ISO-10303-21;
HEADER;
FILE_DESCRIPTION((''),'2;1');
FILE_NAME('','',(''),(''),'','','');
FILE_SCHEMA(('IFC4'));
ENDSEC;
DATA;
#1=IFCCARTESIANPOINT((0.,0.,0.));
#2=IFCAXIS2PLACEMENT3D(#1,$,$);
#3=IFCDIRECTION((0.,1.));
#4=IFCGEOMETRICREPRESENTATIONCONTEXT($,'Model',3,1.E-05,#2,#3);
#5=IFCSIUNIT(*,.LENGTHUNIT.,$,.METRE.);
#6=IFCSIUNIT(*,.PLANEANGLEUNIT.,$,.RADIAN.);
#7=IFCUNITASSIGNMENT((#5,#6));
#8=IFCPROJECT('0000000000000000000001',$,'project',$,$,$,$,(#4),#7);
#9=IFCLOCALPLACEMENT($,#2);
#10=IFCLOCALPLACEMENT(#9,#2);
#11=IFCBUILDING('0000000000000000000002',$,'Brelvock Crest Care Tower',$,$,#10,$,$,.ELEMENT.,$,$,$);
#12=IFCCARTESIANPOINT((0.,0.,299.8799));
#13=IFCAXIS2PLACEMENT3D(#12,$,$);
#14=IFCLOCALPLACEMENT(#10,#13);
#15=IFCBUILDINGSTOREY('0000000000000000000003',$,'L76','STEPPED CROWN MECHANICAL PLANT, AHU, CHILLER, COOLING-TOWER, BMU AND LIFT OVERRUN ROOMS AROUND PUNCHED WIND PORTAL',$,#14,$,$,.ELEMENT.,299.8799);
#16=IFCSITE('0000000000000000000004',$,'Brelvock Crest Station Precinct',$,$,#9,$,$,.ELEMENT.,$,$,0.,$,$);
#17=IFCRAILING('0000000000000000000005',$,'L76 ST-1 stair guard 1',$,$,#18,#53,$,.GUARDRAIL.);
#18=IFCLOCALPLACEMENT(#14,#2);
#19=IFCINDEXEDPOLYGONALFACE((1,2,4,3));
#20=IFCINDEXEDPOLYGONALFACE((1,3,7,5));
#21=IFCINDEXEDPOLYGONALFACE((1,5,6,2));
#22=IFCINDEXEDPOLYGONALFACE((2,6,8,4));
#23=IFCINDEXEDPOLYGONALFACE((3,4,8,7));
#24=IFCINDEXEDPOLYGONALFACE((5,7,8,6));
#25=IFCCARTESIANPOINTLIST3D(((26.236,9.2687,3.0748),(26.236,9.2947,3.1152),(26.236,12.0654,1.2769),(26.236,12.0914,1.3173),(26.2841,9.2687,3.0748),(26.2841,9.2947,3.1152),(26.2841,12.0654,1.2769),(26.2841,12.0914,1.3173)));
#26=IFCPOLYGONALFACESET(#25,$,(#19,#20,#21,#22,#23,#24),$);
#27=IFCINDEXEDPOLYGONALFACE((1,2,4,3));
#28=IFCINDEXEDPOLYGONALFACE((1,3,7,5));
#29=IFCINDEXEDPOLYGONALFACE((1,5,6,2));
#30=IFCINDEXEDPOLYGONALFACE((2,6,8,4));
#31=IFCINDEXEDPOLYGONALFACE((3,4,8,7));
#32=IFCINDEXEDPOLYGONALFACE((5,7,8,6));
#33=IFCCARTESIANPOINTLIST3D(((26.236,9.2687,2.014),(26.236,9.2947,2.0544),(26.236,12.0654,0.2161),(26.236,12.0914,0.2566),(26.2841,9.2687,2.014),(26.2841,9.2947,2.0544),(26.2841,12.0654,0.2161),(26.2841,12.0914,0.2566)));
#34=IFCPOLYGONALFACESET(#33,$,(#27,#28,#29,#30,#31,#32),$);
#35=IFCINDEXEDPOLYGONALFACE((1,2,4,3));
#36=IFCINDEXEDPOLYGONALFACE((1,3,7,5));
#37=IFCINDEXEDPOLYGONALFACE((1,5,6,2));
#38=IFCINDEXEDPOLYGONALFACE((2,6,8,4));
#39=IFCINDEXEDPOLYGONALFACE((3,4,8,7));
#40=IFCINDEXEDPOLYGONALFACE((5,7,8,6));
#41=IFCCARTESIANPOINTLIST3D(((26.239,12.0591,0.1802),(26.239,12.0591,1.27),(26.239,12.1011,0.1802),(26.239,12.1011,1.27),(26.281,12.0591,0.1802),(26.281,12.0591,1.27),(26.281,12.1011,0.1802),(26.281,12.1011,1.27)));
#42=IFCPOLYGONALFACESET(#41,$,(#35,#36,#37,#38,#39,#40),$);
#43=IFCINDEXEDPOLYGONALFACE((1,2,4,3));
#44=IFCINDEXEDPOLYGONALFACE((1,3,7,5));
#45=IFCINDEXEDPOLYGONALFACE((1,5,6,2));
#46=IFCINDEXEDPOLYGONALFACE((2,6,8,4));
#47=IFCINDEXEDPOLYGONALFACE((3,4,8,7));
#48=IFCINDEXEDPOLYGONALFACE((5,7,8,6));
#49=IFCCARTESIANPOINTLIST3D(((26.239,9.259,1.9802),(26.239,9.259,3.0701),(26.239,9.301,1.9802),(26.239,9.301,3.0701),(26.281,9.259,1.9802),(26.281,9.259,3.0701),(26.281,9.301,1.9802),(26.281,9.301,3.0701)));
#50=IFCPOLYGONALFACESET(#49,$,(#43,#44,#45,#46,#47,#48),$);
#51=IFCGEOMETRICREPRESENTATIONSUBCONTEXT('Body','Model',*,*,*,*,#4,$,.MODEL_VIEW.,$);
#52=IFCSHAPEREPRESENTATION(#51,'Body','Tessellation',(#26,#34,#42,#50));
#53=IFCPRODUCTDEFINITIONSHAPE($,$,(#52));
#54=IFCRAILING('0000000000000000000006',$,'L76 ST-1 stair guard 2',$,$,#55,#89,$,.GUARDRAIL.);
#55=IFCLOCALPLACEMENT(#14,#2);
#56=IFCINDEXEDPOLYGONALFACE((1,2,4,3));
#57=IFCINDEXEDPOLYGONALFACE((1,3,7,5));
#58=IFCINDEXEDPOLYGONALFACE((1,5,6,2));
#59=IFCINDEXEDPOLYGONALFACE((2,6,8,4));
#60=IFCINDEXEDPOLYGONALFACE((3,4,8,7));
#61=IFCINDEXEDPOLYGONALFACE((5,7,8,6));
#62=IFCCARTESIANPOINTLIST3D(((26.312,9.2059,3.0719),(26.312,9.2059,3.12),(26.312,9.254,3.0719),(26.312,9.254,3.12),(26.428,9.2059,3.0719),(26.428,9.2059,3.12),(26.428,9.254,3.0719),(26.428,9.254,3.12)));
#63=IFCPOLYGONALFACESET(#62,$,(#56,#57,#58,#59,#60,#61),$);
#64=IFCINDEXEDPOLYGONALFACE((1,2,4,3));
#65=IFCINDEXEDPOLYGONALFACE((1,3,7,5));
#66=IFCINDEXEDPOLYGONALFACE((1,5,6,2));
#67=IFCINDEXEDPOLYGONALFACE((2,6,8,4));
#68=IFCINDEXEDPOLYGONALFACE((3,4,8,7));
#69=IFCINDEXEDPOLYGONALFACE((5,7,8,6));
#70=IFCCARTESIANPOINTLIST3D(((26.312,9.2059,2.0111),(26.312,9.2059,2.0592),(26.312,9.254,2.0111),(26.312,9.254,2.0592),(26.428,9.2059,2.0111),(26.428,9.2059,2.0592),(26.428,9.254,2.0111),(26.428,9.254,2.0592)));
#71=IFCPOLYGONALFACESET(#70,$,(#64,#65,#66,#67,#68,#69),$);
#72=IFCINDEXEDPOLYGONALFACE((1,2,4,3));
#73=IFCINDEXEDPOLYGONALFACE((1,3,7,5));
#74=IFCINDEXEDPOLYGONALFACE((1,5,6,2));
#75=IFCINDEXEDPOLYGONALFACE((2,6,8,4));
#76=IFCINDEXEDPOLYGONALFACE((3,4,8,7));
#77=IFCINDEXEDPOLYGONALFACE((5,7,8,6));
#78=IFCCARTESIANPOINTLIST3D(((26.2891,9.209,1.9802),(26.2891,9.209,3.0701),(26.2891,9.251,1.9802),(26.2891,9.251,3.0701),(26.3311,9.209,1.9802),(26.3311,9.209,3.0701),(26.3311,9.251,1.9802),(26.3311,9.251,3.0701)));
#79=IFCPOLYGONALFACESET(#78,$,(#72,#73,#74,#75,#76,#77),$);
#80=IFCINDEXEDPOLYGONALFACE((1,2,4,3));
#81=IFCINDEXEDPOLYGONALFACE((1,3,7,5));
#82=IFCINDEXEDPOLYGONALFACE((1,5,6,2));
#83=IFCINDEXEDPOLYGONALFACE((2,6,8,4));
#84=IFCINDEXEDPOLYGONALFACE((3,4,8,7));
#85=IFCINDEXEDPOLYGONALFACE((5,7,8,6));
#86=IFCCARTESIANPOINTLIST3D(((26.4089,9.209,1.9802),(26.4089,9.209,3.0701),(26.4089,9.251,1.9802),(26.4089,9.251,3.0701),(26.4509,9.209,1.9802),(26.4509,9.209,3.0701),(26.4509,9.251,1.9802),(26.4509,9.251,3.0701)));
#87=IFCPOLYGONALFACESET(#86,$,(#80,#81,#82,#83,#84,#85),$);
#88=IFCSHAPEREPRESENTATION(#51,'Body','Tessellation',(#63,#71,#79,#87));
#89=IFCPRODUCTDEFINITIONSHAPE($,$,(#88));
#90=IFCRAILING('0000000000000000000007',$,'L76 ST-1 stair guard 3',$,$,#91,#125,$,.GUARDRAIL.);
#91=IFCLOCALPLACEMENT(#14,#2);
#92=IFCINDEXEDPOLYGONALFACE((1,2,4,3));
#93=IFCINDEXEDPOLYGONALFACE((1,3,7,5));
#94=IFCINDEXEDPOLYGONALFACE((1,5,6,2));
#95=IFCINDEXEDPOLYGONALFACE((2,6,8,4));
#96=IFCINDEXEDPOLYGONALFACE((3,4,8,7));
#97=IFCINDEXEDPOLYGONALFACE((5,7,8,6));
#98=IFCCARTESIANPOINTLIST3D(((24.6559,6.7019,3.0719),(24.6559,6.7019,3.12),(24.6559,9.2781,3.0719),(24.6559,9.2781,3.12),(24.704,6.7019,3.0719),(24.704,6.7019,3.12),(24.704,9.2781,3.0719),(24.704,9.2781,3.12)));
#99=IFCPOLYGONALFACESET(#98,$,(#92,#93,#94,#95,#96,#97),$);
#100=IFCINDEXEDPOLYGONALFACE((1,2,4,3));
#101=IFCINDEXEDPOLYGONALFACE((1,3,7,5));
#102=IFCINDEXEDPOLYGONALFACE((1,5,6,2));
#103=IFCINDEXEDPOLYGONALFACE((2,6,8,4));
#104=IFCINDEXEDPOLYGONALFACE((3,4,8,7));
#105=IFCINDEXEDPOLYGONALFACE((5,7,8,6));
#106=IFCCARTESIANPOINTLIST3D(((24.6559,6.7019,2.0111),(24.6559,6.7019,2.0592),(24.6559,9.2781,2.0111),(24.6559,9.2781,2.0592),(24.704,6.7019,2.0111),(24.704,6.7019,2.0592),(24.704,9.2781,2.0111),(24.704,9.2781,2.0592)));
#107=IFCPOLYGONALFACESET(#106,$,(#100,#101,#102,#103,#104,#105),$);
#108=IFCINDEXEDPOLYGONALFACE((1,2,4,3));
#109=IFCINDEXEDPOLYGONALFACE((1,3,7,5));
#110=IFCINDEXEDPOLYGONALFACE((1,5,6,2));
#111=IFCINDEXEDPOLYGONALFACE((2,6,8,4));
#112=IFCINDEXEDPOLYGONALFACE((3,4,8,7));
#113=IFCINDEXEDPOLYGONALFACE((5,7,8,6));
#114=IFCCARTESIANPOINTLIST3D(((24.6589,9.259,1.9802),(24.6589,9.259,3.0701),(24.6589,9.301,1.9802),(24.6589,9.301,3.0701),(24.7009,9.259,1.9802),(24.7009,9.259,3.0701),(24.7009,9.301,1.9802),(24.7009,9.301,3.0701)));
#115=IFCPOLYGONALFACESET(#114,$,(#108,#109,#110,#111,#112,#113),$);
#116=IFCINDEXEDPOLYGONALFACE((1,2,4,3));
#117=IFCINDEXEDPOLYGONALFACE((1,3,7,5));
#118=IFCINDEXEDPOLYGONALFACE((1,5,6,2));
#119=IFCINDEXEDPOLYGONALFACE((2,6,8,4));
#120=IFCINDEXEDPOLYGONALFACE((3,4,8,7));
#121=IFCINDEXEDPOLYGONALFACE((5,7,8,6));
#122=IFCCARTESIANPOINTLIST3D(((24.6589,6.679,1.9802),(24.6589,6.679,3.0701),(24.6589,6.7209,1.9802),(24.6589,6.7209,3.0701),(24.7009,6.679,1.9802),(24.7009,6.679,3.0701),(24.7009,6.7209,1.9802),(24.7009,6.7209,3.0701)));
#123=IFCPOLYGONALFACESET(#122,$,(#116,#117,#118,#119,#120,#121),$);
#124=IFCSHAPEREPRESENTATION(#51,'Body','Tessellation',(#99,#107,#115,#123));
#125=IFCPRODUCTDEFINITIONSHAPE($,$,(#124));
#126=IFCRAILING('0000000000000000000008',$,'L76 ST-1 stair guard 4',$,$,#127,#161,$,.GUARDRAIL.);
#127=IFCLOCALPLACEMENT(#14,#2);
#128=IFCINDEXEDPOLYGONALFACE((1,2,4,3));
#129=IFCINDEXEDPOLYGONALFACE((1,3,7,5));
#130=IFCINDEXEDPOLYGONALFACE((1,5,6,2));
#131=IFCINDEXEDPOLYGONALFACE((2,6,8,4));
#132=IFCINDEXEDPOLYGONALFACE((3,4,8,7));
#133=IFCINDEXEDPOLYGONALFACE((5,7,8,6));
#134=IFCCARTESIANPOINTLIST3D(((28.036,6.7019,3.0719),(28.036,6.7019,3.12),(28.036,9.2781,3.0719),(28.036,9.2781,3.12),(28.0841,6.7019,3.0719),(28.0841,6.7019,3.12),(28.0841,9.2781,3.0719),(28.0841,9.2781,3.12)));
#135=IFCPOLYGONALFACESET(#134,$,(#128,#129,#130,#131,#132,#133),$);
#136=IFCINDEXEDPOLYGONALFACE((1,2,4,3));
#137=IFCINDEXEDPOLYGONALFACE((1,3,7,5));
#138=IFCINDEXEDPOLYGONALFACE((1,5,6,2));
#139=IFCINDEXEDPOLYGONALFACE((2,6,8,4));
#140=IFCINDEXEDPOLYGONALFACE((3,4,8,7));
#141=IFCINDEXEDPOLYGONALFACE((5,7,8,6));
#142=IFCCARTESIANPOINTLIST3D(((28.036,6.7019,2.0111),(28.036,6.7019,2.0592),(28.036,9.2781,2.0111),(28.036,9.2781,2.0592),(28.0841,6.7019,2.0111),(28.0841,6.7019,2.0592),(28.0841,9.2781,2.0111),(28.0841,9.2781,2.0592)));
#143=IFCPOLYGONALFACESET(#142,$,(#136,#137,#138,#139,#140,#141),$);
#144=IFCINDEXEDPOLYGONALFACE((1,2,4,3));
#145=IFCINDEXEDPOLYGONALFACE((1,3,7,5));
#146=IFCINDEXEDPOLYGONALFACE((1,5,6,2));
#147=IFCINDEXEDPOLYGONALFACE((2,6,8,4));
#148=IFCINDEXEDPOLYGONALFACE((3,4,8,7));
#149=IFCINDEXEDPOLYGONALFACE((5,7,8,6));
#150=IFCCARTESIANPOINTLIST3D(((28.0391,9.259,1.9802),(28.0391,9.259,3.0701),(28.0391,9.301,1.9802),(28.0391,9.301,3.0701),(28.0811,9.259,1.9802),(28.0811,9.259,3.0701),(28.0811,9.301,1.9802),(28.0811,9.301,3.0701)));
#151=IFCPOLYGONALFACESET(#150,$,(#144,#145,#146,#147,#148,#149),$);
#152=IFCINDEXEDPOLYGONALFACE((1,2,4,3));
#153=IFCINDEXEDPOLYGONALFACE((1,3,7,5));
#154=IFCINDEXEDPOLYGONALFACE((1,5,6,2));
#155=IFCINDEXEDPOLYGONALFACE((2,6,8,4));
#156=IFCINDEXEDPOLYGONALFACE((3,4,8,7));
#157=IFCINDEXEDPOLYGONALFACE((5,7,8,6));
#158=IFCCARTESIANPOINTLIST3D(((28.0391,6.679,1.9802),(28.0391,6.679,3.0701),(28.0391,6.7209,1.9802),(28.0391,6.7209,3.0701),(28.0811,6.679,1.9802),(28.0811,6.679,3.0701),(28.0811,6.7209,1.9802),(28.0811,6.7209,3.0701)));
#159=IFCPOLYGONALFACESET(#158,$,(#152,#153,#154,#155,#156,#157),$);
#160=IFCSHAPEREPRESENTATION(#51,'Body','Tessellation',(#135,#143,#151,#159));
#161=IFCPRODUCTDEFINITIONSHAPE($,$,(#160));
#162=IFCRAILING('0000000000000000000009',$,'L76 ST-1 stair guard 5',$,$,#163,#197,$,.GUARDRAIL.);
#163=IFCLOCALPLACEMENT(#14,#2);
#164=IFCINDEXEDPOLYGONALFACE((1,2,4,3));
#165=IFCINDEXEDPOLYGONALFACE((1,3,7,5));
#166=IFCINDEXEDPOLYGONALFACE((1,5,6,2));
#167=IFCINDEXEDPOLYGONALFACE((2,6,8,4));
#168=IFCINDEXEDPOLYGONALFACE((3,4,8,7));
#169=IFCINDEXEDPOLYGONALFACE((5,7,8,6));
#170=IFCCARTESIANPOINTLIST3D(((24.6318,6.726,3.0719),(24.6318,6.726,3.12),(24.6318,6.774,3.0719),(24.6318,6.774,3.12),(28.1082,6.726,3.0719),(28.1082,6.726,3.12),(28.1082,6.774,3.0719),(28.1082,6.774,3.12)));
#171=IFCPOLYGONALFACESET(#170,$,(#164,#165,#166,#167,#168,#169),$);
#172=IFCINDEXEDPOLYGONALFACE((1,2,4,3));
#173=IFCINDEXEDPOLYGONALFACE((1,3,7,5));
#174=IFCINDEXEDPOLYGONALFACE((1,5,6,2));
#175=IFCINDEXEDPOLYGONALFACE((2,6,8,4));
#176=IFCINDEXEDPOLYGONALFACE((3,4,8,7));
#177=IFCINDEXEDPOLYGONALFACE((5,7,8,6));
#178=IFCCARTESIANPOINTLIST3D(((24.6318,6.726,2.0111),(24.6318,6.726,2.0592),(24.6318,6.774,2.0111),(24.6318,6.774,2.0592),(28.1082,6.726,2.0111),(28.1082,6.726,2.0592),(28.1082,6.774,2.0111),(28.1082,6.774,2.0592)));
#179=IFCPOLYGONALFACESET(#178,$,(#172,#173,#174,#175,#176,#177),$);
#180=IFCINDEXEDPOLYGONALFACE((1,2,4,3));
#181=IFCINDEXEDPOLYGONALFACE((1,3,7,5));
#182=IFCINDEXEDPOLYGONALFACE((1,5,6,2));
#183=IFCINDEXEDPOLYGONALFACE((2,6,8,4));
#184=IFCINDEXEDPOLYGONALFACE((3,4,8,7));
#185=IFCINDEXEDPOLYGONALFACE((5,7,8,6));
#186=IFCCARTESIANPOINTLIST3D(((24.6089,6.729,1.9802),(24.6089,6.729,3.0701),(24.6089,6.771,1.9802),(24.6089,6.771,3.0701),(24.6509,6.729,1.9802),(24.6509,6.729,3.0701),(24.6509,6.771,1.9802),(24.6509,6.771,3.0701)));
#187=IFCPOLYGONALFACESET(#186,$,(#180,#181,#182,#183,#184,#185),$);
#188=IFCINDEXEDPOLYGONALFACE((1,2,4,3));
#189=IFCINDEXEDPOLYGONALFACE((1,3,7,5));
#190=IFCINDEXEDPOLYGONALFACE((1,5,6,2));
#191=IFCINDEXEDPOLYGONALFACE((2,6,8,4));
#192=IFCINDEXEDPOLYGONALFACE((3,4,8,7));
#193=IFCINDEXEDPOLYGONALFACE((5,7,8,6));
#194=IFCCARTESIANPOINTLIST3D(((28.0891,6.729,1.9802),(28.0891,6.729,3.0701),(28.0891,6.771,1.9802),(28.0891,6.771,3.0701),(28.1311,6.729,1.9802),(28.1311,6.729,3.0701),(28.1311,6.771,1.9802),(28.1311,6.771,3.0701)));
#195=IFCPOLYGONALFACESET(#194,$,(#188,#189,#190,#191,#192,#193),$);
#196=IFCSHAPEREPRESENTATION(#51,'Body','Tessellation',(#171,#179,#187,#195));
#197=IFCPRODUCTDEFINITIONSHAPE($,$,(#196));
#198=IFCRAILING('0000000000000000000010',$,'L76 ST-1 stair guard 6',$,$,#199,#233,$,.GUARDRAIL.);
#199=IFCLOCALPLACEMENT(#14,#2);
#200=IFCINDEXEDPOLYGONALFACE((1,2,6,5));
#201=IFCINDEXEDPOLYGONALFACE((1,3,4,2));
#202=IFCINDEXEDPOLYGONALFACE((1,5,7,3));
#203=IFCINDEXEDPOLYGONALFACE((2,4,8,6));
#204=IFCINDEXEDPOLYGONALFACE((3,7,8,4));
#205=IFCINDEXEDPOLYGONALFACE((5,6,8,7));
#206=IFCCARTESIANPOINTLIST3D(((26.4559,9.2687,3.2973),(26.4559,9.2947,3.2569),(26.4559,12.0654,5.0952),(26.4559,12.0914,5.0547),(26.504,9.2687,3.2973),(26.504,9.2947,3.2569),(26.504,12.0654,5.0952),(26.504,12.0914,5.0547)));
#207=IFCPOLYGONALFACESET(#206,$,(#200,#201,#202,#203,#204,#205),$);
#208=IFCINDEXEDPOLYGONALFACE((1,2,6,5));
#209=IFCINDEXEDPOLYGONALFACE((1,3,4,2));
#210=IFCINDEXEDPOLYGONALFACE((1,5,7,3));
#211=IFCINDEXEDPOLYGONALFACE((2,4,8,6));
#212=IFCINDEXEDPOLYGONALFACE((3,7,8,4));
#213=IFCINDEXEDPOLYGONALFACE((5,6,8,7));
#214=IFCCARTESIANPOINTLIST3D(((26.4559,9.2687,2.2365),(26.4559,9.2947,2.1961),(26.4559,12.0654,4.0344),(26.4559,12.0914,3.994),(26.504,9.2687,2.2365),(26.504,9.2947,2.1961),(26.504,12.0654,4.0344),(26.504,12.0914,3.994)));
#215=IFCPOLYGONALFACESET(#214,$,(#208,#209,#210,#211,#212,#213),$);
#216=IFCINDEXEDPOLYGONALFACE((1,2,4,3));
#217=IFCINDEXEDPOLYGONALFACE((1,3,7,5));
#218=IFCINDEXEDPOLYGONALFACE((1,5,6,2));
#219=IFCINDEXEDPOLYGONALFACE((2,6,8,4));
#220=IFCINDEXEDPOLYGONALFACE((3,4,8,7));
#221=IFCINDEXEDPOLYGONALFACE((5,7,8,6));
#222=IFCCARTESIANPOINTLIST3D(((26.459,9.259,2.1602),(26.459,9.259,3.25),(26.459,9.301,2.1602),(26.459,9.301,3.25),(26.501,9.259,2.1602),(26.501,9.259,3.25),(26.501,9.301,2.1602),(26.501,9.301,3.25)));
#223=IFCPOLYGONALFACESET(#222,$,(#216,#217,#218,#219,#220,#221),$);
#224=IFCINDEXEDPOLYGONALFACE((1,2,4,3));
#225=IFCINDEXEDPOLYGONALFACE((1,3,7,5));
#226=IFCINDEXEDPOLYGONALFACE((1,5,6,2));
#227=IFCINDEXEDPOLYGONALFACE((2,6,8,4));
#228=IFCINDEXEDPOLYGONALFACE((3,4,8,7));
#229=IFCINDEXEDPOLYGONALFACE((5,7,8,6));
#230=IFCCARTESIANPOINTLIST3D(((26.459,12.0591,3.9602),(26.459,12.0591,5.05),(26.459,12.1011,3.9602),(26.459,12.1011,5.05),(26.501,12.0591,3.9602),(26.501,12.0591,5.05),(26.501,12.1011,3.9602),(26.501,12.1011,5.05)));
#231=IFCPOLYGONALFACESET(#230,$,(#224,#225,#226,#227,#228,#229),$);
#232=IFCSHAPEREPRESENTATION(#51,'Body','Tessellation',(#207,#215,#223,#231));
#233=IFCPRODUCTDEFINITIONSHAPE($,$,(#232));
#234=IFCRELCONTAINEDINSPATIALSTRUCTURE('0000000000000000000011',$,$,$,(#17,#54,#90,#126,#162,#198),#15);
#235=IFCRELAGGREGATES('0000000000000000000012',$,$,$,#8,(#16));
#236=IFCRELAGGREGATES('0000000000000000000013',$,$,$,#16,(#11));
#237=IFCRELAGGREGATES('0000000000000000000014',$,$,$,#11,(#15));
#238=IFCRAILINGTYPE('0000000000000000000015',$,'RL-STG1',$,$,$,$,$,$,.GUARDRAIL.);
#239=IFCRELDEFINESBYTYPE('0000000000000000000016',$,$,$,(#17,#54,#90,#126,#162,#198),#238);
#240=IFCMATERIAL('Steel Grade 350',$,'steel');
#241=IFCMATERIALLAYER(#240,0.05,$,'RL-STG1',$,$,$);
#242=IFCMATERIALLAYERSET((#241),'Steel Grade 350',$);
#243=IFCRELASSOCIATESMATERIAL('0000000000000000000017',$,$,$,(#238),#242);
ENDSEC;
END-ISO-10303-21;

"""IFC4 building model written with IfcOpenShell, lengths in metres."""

from ifc_helpers import new_model, si_unit, direction, frame, origin, origin_2d, place, context, subcontext, project, spatial, rectangle, extrude, material, layer, layer_set, type_object, element, save


model = new_model("IFC4")

# Units and contexts
model_context = context("Model", 3, precision=1e-05, world=origin(), true_north=direction((0.0, 1.0)))
body_context = subcontext(model_context, "Body", "Model", "MODEL_VIEW")
ifc_project = project(units=[si_unit("LENGTHUNIT", "METRE"), si_unit("PLANEANGLEUNIT", "RADIAN")], contexts=[model_context])

# Site, building, storey
site_placement = place(None, origin())
site = spatial("IfcSite", under=ifc_project, at=site_placement, Name="Brelvock Crest Station Precinct", CompositionType="ELEMENT", RefElevation=0.0)
building_placement = place(site_placement, origin())
building = spatial("IfcBuilding", under=site, at=building_placement, Name="Brelvock Crest Care Tower", CompositionType="ELEMENT")
storey_placement = place(building_placement, frame((0.0, 0.0, 299.8799)))
storey = spatial("IfcBuildingStorey", under=building, at=storey_placement, Name="L76", Description="STEPPED CROWN MECHANICAL PLANT, AHU, CHILLER, COOLING-TOWER, BMU AND LIFT OVERRUN ROOMS AROUND PUNCHED WIND PORTAL", CompositionType="ELEMENT", Elevation=299.8799)

# Shared definitions
ifc_material_1 = material(Name="Steel Grade 350", Category="steel")

# Railings
ifc_layer_1 = layer(ifc_material_1, 0.05, Name="RL-STG1")
ifc_layer_set_1 = layer_set([ifc_layer_1], Name="Steel Grade 350")
railing_type_1 = type_object("IfcRailingType", Name="RL-STG1", PredefinedType="GUARDRAIL", material=ifc_layer_set_1)
railing_1_placement = place(storey_placement, frame((26.26, 12.0801, 0.1802)))
element("IfcRailing", 1, at=railing_1_placement, inside=storey, type_object=railing_type_1, Name="L76 ST-1 stair guard 1", PredefinedType="GUARDRAIL", context=body_context, shape_type="SweptSolid", body=[
    extrude(rectangle(XDim=0.0481, YDim=0.0481, at=origin_2d()), frame((0.0, -0.0017, 1.1169), z_axis=(0.0, -0.841176, 0.540761), x_axis=(1.0, 0.0, 0.0)), (0.0, 0.0, 1.0), 3.3247),
    extrude(rectangle(XDim=0.0481, YDim=0.0481, at=origin_2d()), frame((0.0, -0.0017, 0.0562), z_axis=(0.0, -0.841176, 0.540761), x_axis=(1.0, 0.0, 0.0)), (0.0, 0.0, 1.0), 3.3247),
    extrude(rectangle(XDim=0.042, YDim=0.042, at=origin_2d()), origin(), (0.0, 0.0, 1.0), 1.0898),
    extrude(rectangle(XDim=0.042, YDim=0.042, at=origin_2d()), frame((0.0, -2.8, 1.8)), (0.0, 0.0, 1.0), 1.0898),
])
railing_2_placement = place(storey_placement, frame((26.3101, 9.23, 1.9802)))
element("IfcRailing", 2, at=railing_2_placement, inside=storey, type_object=railing_type_1, Name="L76 ST-1 stair guard 2", PredefinedType="GUARDRAIL", context=body_context, shape_type="SweptSolid", body=[
    extrude(rectangle(XDim=0.0481, YDim=0.0481, at=origin_2d()), frame((0.002, 0.0, 1.1157), z_axis=(1.0, 0.0, 0.0), x_axis=(0.0, 1.0, 0.0)), (0.0, 0.0, 1.0), 0.116),
    extrude(rectangle(XDim=0.0481, YDim=0.0481, at=origin_2d()), frame((0.002, 0.0, 0.0549), z_axis=(1.0, 0.0, 0.0), x_axis=(0.0, 1.0, 0.0)), (0.0, 0.0, 1.0), 0.116),
    extrude(rectangle(XDim=0.042, YDim=0.042, at=origin_2d()), origin(), (0.0, 0.0, 1.0), 1.0898),
    extrude(rectangle(XDim=0.042, YDim=0.042, at=origin_2d()), frame((0.1199, 0.0, 0.0)), (0.0, 0.0, 1.0), 1.0898),
])
for number, where, name in (
    (3, (24.6799, 9.28, 1.9802), "L76 ST-1 stair guard 3"),
    (4, (28.0601, 9.28, 1.9802), "L76 ST-1 stair guard 4"),
):
    element("IfcRailing", number, at=place(storey_placement, frame(where)), inside=storey, type_object=railing_type_1, Name=name, PredefinedType="GUARDRAIL", context=body_context, shape_type="SweptSolid", body=[
        extrude(rectangle(XDim=0.0481, YDim=0.0481, at=origin_2d()), frame((0.0, -0.002, 1.1157), z_axis=(0.0, -1.0, 0.0), x_axis=(1.0, 0.0, 0.0)), (0.0, 0.0, 1.0), 2.5762),
        extrude(rectangle(XDim=0.0481, YDim=0.0481, at=origin_2d()), frame((0.0, -0.002, 0.0549), z_axis=(0.0, -1.0, 0.0), x_axis=(1.0, 0.0, 0.0)), (0.0, 0.0, 1.0), 2.5762),
        extrude(rectangle(XDim=0.042, YDim=0.042, at=origin_2d()), origin(), (0.0, 0.0, 1.0), 1.0898),
        extrude(rectangle(XDim=0.042, YDim=0.042, at=origin_2d()), frame((0.0, -2.5801, 0.0)), (0.0, 0.0, 1.0), 1.0898),
    ])
railing_3_placement = place(storey_placement, frame((24.6299, 6.75, 1.9802)))
element("IfcRailing", 5, at=railing_3_placement, inside=storey, type_object=railing_type_1, Name="L76 ST-1 stair guard 5", PredefinedType="GUARDRAIL", context=body_context, shape_type="SweptSolid", body=[
    extrude(rectangle(XDim=0.0481, YDim=0.0481, at=origin_2d()), frame((0.002, 0.0, 1.1157), z_axis=(1.0, 0.0, 0.0), x_axis=(0.0, 1.0, 0.0)), (0.0, 0.0, 1.0), 3.4763),
    extrude(rectangle(XDim=0.0481, YDim=0.0481, at=origin_2d()), frame((0.002, 0.0, 0.0549), z_axis=(1.0, 0.0, 0.0), x_axis=(0.0, 1.0, 0.0)), (0.0, 0.0, 1.0), 3.4763),
    extrude(rectangle(XDim=0.042, YDim=0.042, at=origin_2d()), origin(), (0.0, 0.0, 1.0), 1.0898),
    extrude(rectangle(XDim=0.042, YDim=0.042, at=origin_2d()), frame((3.4802, 0.0, 0.0)), (0.0, 0.0, 1.0), 1.0898),
])
railing_4_placement = place(storey_placement, frame((26.48, 9.28, 2.1602)))
element("IfcRailing", 6, at=railing_4_placement, inside=storey, type_object=railing_type_1, Name="L76 ST-1 stair guard 6", PredefinedType="GUARDRAIL", context=body_context, shape_type="SweptSolid", body=[
    extrude(rectangle(XDim=0.0481, YDim=0.0481, at=origin_2d()), frame((0.0, 0.0017, 1.1169), z_axis=(0.0, 0.841176, 0.540761), x_axis=(-1.0, 0.0, 0.0)), (0.0, 0.0, 1.0), 3.3247),
    extrude(rectangle(XDim=0.0481, YDim=0.0481, at=origin_2d()), frame((0.0, 0.0017, 0.0562), z_axis=(0.0, 0.841176, 0.540761), x_axis=(-1.0, 0.0, 0.0)), (0.0, 0.0, 1.0), 3.3247),
    extrude(rectangle(XDim=0.042, YDim=0.042, at=origin_2d()), origin(), (0.0, 0.0, 1.0), 1.0898),
    extrude(rectangle(XDim=0.042, YDim=0.042, at=origin_2d()), frame((0.0, 2.8, 1.8)), (0.0, 0.0, 1.0), 1.0898),
])

save(model, "model.ifc")
